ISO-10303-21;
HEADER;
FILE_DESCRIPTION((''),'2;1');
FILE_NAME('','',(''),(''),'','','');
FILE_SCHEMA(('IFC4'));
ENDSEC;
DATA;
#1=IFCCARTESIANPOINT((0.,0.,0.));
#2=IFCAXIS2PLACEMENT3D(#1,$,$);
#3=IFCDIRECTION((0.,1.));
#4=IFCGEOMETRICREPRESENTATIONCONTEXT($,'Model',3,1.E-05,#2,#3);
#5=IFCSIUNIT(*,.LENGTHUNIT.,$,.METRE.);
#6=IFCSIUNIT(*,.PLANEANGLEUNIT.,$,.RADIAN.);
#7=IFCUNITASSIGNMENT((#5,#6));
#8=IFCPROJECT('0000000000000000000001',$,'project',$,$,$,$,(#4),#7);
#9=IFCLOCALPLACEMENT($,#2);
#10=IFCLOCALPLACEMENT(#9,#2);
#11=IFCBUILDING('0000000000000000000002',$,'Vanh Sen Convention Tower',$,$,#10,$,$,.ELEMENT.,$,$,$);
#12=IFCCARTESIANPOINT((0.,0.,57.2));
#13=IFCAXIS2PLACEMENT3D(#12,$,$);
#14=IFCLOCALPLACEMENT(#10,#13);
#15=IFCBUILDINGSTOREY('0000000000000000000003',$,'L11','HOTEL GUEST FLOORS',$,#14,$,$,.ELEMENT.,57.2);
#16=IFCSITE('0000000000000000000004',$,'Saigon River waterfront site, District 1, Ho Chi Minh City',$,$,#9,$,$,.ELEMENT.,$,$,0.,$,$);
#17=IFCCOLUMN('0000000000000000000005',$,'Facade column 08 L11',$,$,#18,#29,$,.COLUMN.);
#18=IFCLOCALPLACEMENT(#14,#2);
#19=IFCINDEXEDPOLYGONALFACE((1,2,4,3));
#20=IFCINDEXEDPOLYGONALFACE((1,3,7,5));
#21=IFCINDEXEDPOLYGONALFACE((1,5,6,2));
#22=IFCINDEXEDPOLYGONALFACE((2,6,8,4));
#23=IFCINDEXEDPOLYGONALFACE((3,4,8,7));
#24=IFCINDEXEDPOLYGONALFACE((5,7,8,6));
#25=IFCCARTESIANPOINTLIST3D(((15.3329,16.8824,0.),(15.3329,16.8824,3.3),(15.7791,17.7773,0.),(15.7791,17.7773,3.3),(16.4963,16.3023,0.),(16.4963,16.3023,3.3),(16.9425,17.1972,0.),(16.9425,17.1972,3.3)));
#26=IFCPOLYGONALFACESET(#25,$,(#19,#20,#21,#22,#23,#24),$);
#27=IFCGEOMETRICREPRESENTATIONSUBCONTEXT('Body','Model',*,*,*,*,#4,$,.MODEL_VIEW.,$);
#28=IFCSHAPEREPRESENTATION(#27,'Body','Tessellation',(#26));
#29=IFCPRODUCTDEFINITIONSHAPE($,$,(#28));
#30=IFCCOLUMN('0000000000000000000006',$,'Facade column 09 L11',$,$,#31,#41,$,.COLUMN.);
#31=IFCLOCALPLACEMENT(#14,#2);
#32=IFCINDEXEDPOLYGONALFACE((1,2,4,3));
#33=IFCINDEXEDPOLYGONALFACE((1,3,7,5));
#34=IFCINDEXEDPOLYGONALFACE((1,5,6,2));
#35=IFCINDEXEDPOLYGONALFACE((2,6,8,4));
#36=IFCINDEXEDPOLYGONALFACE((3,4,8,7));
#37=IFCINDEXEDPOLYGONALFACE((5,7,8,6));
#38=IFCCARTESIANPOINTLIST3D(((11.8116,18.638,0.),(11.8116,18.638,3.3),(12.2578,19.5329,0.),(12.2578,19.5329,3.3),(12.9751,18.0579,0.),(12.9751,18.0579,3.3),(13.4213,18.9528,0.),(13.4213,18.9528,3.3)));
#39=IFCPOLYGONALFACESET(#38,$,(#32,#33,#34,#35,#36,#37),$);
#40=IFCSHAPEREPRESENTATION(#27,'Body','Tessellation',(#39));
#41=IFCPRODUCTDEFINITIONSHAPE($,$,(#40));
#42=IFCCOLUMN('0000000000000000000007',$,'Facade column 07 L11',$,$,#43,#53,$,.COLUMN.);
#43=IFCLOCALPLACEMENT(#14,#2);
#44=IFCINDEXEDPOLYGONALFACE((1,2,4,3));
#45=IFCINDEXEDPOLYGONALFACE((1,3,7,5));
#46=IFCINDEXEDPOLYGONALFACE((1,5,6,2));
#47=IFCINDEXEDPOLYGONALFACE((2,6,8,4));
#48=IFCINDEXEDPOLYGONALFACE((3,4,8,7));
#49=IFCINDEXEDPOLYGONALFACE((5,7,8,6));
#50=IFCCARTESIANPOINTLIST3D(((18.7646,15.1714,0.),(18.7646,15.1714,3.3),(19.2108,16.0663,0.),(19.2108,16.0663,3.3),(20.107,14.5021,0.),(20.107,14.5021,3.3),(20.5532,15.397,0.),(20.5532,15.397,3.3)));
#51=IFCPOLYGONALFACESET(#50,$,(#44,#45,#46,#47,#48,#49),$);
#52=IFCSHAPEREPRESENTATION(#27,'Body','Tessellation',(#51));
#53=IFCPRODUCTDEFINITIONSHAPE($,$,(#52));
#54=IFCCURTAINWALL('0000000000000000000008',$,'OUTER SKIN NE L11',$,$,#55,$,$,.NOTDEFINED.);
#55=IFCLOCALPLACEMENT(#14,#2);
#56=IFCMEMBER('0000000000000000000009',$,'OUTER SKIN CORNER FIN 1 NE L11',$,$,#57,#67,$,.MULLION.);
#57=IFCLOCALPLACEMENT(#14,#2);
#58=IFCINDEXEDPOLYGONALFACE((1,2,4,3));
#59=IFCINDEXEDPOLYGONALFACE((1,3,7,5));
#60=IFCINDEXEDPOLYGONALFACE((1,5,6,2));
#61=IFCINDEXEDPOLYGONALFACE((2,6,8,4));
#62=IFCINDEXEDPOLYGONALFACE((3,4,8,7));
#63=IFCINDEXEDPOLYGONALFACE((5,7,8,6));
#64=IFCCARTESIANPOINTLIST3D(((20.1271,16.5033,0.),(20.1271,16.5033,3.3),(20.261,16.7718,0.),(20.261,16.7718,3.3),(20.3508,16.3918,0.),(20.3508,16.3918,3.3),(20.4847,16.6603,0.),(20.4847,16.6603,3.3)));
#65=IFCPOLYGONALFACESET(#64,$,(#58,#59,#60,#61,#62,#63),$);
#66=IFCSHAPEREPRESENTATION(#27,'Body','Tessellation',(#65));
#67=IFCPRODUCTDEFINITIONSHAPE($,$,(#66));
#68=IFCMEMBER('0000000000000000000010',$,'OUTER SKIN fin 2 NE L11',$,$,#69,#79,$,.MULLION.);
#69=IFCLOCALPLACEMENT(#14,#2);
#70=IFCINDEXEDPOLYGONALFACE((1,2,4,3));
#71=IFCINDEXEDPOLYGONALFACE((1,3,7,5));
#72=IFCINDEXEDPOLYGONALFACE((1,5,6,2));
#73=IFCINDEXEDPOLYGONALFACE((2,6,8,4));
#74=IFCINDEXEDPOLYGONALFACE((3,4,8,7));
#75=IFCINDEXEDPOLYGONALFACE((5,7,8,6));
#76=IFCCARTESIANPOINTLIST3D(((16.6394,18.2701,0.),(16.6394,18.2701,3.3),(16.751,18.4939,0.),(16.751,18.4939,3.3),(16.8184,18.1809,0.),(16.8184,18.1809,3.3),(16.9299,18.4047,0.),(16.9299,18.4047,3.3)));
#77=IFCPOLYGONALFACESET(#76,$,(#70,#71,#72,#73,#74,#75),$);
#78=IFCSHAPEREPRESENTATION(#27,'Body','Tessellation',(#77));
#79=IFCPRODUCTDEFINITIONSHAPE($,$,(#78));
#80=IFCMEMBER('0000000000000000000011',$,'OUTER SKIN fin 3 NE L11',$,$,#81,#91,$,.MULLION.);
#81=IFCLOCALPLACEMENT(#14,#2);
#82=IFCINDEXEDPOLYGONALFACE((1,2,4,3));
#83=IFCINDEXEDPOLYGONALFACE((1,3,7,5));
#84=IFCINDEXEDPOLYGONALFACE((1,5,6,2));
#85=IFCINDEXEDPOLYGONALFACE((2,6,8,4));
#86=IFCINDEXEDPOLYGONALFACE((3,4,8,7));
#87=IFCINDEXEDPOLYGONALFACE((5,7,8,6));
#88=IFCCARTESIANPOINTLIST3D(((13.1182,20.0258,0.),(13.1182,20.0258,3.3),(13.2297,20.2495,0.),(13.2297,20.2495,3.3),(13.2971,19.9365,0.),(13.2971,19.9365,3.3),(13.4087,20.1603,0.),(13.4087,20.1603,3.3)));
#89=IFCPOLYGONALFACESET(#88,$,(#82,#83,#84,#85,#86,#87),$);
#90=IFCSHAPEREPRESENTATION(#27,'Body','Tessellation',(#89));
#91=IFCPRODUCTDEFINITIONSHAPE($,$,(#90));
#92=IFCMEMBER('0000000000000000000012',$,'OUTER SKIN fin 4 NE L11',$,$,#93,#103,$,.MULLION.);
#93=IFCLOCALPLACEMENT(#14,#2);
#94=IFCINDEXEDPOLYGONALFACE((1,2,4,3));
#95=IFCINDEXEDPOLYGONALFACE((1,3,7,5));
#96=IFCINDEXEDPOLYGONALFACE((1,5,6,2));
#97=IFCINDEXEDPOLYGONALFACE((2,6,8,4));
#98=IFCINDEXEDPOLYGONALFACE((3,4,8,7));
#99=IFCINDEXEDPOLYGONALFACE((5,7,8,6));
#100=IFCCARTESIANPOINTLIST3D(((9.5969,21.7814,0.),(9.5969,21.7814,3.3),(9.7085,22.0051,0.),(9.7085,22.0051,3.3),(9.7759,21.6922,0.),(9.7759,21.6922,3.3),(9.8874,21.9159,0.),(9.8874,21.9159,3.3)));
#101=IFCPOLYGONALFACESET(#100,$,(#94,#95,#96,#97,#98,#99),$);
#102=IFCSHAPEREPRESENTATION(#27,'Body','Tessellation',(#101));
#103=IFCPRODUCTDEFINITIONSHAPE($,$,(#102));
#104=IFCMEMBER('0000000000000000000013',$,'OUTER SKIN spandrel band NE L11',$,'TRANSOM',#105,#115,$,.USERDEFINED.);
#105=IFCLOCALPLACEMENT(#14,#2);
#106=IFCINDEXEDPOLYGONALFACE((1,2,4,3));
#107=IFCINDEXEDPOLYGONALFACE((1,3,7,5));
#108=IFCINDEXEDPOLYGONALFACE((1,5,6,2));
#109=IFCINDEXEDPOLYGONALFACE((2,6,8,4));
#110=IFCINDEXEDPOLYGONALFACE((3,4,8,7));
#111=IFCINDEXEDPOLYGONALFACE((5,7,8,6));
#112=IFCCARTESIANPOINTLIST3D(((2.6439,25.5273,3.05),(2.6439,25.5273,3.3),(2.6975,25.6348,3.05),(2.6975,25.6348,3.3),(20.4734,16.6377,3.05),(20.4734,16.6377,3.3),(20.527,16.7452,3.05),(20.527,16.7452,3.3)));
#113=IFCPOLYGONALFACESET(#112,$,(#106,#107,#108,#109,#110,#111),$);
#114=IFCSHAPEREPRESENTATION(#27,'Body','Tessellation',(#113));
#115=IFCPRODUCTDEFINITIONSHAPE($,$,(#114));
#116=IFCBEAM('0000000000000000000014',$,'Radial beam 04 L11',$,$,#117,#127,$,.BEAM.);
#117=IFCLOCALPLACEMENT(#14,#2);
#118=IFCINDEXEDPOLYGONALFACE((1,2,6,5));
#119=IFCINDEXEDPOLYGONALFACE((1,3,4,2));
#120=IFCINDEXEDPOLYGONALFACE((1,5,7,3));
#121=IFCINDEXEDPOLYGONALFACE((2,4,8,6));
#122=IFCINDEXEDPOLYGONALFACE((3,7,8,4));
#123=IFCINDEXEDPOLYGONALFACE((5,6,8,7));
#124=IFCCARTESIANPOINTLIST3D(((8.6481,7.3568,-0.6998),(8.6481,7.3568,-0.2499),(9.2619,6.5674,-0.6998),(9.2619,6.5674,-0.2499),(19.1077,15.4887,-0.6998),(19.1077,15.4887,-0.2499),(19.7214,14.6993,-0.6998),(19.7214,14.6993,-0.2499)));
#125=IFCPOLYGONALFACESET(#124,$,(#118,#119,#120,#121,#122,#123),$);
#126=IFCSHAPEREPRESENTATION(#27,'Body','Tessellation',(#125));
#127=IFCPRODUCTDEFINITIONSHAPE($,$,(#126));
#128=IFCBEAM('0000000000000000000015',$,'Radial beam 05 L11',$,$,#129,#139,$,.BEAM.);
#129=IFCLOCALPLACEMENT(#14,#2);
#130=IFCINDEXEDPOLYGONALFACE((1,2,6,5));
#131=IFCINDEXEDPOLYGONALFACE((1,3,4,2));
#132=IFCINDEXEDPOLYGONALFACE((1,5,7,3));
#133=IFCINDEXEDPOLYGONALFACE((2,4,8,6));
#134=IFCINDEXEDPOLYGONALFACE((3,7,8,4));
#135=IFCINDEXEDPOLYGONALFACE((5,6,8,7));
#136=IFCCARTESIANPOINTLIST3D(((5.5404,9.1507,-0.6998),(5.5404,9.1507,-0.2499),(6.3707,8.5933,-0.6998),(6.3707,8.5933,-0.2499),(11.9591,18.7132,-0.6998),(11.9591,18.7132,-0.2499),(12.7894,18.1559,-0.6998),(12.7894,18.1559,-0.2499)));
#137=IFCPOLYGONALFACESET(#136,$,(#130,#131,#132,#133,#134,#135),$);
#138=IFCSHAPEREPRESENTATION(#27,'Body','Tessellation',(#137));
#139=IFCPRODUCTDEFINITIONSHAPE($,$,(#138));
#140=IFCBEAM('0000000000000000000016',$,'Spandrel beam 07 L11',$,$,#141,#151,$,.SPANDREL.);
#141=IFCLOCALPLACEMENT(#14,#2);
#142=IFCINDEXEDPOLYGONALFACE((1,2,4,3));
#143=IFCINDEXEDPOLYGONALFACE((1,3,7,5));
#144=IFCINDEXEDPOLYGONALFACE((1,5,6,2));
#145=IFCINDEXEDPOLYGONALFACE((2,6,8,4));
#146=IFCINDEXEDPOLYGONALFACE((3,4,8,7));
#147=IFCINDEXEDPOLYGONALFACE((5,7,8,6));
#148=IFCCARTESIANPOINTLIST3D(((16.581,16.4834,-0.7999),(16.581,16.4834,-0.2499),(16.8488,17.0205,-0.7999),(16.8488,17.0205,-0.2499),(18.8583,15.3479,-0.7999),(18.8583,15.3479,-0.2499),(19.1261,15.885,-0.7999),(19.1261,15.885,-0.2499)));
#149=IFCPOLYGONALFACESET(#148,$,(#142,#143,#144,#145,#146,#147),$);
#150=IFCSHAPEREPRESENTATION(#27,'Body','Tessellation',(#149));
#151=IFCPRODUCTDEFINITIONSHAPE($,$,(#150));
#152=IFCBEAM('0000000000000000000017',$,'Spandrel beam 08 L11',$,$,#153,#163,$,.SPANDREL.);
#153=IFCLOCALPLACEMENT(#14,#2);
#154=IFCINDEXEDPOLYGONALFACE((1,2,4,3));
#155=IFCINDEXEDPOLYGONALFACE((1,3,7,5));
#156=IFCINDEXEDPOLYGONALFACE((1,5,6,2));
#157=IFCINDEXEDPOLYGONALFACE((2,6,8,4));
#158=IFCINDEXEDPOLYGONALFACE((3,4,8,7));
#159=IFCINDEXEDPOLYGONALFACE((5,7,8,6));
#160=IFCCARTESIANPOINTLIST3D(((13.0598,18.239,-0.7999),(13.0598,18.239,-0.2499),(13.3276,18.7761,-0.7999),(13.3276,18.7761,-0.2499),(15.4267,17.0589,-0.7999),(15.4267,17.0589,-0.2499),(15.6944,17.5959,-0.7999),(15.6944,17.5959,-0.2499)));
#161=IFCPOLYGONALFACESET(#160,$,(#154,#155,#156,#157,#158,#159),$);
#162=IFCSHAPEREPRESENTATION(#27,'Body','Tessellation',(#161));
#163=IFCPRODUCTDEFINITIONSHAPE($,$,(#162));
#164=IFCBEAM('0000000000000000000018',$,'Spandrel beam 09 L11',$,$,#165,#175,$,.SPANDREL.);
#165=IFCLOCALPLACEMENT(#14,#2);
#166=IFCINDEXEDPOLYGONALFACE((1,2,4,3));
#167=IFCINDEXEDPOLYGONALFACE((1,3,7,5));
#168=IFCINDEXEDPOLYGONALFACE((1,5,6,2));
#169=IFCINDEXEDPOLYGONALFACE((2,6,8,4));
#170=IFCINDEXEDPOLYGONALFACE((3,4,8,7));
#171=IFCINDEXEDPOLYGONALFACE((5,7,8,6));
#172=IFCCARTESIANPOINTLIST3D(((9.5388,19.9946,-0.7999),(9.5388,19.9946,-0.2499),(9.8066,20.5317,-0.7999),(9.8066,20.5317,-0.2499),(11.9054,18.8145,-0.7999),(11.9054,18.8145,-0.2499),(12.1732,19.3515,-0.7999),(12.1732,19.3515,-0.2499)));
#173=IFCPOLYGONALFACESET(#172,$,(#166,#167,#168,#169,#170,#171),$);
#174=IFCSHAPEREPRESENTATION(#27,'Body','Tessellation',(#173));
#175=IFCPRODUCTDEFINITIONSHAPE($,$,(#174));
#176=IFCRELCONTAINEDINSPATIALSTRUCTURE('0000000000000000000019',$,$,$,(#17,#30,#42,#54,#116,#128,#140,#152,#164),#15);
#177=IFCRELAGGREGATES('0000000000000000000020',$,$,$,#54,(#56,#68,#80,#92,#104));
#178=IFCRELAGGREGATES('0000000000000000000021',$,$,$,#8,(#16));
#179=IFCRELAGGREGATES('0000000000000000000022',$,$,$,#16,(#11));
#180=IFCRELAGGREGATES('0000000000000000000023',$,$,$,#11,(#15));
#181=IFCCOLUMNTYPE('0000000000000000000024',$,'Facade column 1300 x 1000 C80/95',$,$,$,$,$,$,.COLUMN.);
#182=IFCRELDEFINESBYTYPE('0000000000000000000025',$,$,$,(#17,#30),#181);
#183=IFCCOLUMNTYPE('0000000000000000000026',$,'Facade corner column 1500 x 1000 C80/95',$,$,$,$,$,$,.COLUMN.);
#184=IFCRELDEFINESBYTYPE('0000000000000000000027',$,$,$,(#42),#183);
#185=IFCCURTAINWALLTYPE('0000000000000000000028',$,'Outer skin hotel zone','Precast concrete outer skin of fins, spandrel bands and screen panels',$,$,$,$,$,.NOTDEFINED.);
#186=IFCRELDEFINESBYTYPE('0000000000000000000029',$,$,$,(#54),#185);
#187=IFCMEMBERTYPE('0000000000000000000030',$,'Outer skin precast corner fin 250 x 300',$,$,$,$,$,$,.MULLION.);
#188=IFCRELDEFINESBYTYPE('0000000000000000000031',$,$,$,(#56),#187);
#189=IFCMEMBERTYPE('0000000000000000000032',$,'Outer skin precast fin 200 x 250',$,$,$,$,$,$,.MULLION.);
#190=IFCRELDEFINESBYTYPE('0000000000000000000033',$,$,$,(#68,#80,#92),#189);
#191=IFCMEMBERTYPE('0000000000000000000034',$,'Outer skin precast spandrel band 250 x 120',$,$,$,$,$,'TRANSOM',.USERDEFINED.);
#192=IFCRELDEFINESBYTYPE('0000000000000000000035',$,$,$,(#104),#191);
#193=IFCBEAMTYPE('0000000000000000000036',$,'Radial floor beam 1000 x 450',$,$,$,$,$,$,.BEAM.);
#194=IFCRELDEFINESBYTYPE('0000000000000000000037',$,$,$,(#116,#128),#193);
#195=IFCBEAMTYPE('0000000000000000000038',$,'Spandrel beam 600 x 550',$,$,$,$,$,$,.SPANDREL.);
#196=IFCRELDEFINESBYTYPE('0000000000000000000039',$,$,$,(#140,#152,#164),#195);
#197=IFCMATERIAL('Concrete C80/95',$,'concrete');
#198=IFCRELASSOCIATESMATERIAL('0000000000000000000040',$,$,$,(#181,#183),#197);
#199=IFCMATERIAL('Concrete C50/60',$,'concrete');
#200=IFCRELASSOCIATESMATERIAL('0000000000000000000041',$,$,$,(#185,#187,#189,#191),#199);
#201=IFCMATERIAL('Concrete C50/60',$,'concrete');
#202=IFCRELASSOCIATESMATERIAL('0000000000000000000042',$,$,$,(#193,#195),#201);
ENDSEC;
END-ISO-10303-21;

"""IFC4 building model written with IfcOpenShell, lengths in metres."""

from ifc_helpers import new_model, si_unit, direction, frame, origin, origin_2d, place, context, subcontext, project, spatial, rectangle, extrude, material, material_profile, profile_set, type_object, element, aggregate, save


model = new_model("IFC4")

# Units and contexts
model_context = context("Model", 3, precision=1e-05, world=origin(), true_north=direction((0.0, 1.0)))
body_context = subcontext(model_context, "Body", "Model", "MODEL_VIEW")
ifc_project = project(units=[si_unit("LENGTHUNIT", "METRE"), si_unit("PLANEANGLEUNIT", "RADIAN")], contexts=[model_context])

# Site, building, storey
site_placement = place(None, origin())
site = spatial("IfcSite", under=ifc_project, at=site_placement, Name="Saigon River waterfront site, District 1, Ho Chi Minh City", CompositionType="ELEMENT", RefElevation=0.0)
building_placement = place(site_placement, origin())
building = spatial("IfcBuilding", under=site, at=building_placement, Name="Vanh Sen Convention Tower", CompositionType="ELEMENT")
storey_placement = place(building_placement, frame((0.0, 0.0, 57.2)))
storey = spatial("IfcBuildingStorey", under=building, at=storey_placement, Name="L11", Description="HOTEL GUEST FLOORS", CompositionType="ELEMENT", Elevation=57.2)

# Columns
ifc_material_1 = material(Name="Concrete C80/95", Category="concrete")
ifc_material_profile_1 = material_profile(ifc_material_1, rectangle(XDim=1.3, YDim=1.0, at=origin_2d()), Name="RC 1300X1000")
ifc_profile_set_1 = profile_set([ifc_material_profile_1], Name="Concrete C80/95")
column_type_1 = type_object("IfcColumnType", Name="Facade column 1300 x 1000 C80/95", PredefinedType="COLUMN", material=ifc_profile_set_1)
for number, where, z_axis, x_axis, name in (
    (1, (16.1377, 17.0398, 0.0), (0.0, 0.0, 1.0), (-0.894934, 0.446198, 0.0), "Facade column 08 L11"),
    (2, (12.6165, 18.7954, 0.0), (0.0, 0.0, 1.0), (-0.894934, 0.446198, 0.0), "Facade column 09 L11"),
):
    element("IfcColumn", number, at=place(storey_placement, frame(where, z_axis=z_axis, x_axis=x_axis)), inside=storey, type_object=column_type_1, Name=name, PredefinedType="COLUMN", context=body_context, shape_type="SweptSolid", body=[
        extrude(rectangle(XDim=1.3, YDim=1.0, at=origin_2d()), origin(), (0.0, 0.0, 1.0), 3.3),
    ])
ifc_material_profile_2 = material_profile(ifc_material_1, rectangle(XDim=1.5, YDim=1.0, at=origin_2d()), Name="RC 1500X1000")
ifc_profile_set_2 = profile_set([ifc_material_profile_2], Name="Concrete C80/95")
column_type_2 = type_object("IfcColumnType", Name="Facade corner column 1500 x 1000 C80/95", PredefinedType="COLUMN", material=ifc_profile_set_2)
column_placement = place(storey_placement, frame((19.6589, 15.2842, 0.0), z_axis=(0.0, 0.0, 1.0), x_axis=(-0.894934, 0.446198, 0.0)))
element("IfcColumn", 3, at=column_placement, inside=storey, type_object=column_type_2, Name="Facade column 07 L11", PredefinedType="COLUMN", context=body_context, shape_type="SweptSolid", body=[
    extrude(rectangle(XDim=1.5, YDim=1.0, at=origin_2d()), origin(), (0.0, 0.0, 1.0), 3.3),
])

# Curtain wall, members
ifc_material_2 = material(Name="Concrete C50/60", Category="concrete")
curtain_wall_type = type_object("IfcCurtainWallType", Name="Outer skin hotel zone", Description="Precast concrete outer skin of fins, spandrel bands and screen panels", PredefinedType="NOTDEFINED", material=ifc_material_2)
curtain_wall_1_placement = place(storey_placement, origin())
curtain_wall_1 = element("IfcCurtainWall", 4, at=curtain_wall_1_placement, inside=storey, type_object=curtain_wall_type, Name="OUTER SKIN NE L11", PredefinedType="NOTDEFINED")
ifc_material_profile_3 = material_profile(ifc_material_2, rectangle(XDim=0.25, YDim=0.3, at=origin_2d()), Name="Outer skin precast corner fin 250 x 300")
ifc_profile_set_3 = profile_set([ifc_material_profile_3], Name="Concrete C50/60")
member_type_1 = type_object("IfcMemberType", Name="Outer skin precast corner fin 250 x 300", PredefinedType="MULLION", material=ifc_profile_set_3)
member_1_placement = place(storey_placement, frame((20.3059, 16.5818, 0.0), z_axis=(0.0, 0.0, 1.0), x_axis=(-0.894934, 0.446198, 0.0)))
member_1 = element("IfcMember", 5, at=member_1_placement, type_object=member_type_1, Name="OUTER SKIN CORNER FIN 1 NE L11", PredefinedType="MULLION", context=body_context, shape_type="SweptSolid", body=[
    extrude(rectangle(XDim=0.25, YDim=0.3, at=origin_2d()), origin(), (0.0, 0.0, 1.0), 3.3),
])
ifc_material_profile_4 = material_profile(ifc_material_2, rectangle(XDim=0.2, YDim=0.25, at=origin_2d()), Name="Outer skin precast fin 200 x 250")
ifc_profile_set_4 = profile_set([ifc_material_profile_4], Name="Concrete C50/60")
member_type_2 = type_object("IfcMemberType", Name="Outer skin precast fin 200 x 250", PredefinedType="MULLION", material=ifc_profile_set_4)
member_2_placement = place(storey_placement, frame((16.7847, 18.3374, 0.0), z_axis=(0.0, 0.0, 1.0), x_axis=(-0.894934, 0.446198, 0.0)))
member_2 = element("IfcMember", 6, at=member_2_placement, type_object=member_type_2, Name="OUTER SKIN fin 2 NE L11", PredefinedType="MULLION", context=body_context, shape_type="SweptSolid", body=[
    extrude(rectangle(XDim=0.2, YDim=0.25, at=origin_2d()), origin(), (0.0, 0.0, 1.0), 3.3),
])
member_3_placement = place(storey_placement, frame((13.2634, 20.093, 0.0), z_axis=(0.0, 0.0, 1.0), x_axis=(-0.894934, 0.446198, 0.0)))
member_3 = element("IfcMember", 7, at=member_3_placement, type_object=member_type_2, Name="OUTER SKIN fin 3 NE L11", PredefinedType="MULLION", context=body_context, shape_type="SweptSolid", body=[
    extrude(rectangle(XDim=0.2, YDim=0.25, at=origin_2d()), origin(), (0.0, 0.0, 1.0), 3.3),
])
member_4_placement = place(storey_placement, frame((9.7422, 21.8486, 0.0), z_axis=(0.0, 0.0, 1.0), x_axis=(-0.894934, 0.446198, 0.0)))
member_4 = element("IfcMember", 8, at=member_4_placement, type_object=member_type_2, Name="OUTER SKIN fin 4 NE L11", PredefinedType="MULLION", context=body_context, shape_type="SweptSolid", body=[
    extrude(rectangle(XDim=0.2, YDim=0.25, at=origin_2d()), origin(), (0.0, 0.0, 1.0), 3.3),
])
ifc_material_profile_5 = material_profile(ifc_material_2, rectangle(XDim=0.1201, YDim=0.25, at=origin_2d()), Name="Outer skin precast spandrel band 250 x 120")
ifc_profile_set_5 = profile_set([ifc_material_profile_5], Name="Concrete C50/60")
member_type_3 = type_object("IfcMemberType", Name="Outer skin precast spandrel band 250 x 120", ElementType="TRANSOM", PredefinedType="USERDEFINED", material=ifc_profile_set_5)
member_5_placement = place(storey_placement, frame((20.5002, 16.6914, 3.175), z_axis=(-0.894931, 0.446204, 0.0), x_axis=(-0.446204, -0.894931, 0.0)))
member_5 = element("IfcMember", 9, at=member_5_placement, type_object=member_type_3, Name="OUTER SKIN spandrel band NE L11", ObjectType="TRANSOM", PredefinedType="USERDEFINED", context=body_context, shape_type="SweptSolid", body=[
    extrude(rectangle(XDim=0.1201, YDim=0.25, at=origin_2d()), origin(), (0.0, 0.0, 1.0), 19.9229),
])

# Beams
ifc_material_3 = material(Name="Concrete C50/60", Category="concrete")
ifc_material_profile_6 = material_profile(ifc_material_3, rectangle(XDim=1.0, YDim=0.45, at=origin_2d()), Name="RC 1000X450")
ifc_profile_set_6 = profile_set([ifc_material_profile_6], Name="Concrete C50/60")
beam_type_1 = type_object("IfcBeamType", Name="Radial floor beam 1000 x 450", PredefinedType="BEAM", material=ifc_profile_set_6)
beam_1_placement = place(storey_placement, frame((19.4146, 15.094, -0.4749), z_axis=(-0.789473, -0.613785, 0.0), x_axis=(0.613785, -0.789473, 0.0)))
element("IfcBeam", 10, at=beam_1_placement, inside=storey, type_object=beam_type_1, Name="Radial beam 04 L11", PredefinedType="BEAM", context=body_context, shape_type="SweptSolid", body=[
    extrude(rectangle(XDim=1.0, YDim=0.45, at=origin_2d()), origin(), (0.0, 0.0, 1.0), 13.2488),
])
beam_2_placement = place(storey_placement, frame((12.3743, 18.4346, -0.4749), z_axis=(-0.557324, -0.830295, 0.0), x_axis=(0.830295, -0.557324, 0.0)))
element("IfcBeam", 11, at=beam_2_placement, inside=storey, type_object=beam_type_1, Name="Radial beam 05 L11", PredefinedType="BEAM", context=body_context, shape_type="SweptSolid", body=[
    extrude(rectangle(XDim=1.0, YDim=0.45, at=origin_2d()), origin(), (0.0, 0.0, 1.0), 11.5171),
])
ifc_material_profile_7 = material_profile(ifc_material_3, rectangle(XDim=0.6001, YDim=0.55, at=origin_2d()), Name="RC 600X550")
ifc_profile_set_7 = profile_set([ifc_material_profile_7], Name="Concrete C50/60")
beam_type_2 = type_object("IfcBeamType", Name="Spandrel beam 600 x 550", PredefinedType="SPANDREL", material=ifc_profile_set_7)
beam_3_placement = place(storey_placement, frame((18.9922, 15.6165, -0.5249), z_axis=(-0.894926, 0.446216, 0.0), x_axis=(-0.446216, -0.894926, 0.0)))
element("IfcBeam", 12, at=beam_3_placement, inside=storey, type_object=beam_type_2, Name="Spandrel beam 07 L11", PredefinedType="SPANDREL", context=body_context, shape_type="SweptSolid", body=[
    extrude(rectangle(XDim=0.6001, YDim=0.55, at=origin_2d()), origin(), (0.0, 0.0, 1.0), 2.5447),
])
beam_4_placement = place(storey_placement, frame((15.5605, 17.3274, -0.5249), z_axis=(-0.894925, 0.446216, 0.0), x_axis=(-0.446216, -0.894925, 0.0)))
element("IfcBeam", 13, at=beam_4_placement, inside=storey, type_object=beam_type_2, Name="Spandrel beam 08 L11", PredefinedType="SPANDREL", context=body_context, shape_type="SweptSolid", body=[
    extrude(rectangle(XDim=0.6001, YDim=0.55, at=origin_2d()), origin(), (0.0, 0.0, 1.0), 2.6448),
])
beam_5_placement = place(storey_placement, frame((12.0393, 19.083, -0.5249), z_axis=(-0.894907, 0.446253, 0.0), x_axis=(-0.446253, -0.894907, 0.0)))
element("IfcBeam", 14, at=beam_5_placement, inside=storey, type_object=beam_type_2, Name="Spandrel beam 09 L11", PredefinedType="SPANDREL", context=body_context, shape_type="SweptSolid", body=[
    extrude(rectangle(XDim=0.6001, YDim=0.55, at=origin_2d()), origin(), (0.0, 0.0, 1.0), 2.6445),
])

aggregate(curtain_wall_1, [member_1, member_2, member_3, member_4, member_5])

save(model, "model.ifc")
